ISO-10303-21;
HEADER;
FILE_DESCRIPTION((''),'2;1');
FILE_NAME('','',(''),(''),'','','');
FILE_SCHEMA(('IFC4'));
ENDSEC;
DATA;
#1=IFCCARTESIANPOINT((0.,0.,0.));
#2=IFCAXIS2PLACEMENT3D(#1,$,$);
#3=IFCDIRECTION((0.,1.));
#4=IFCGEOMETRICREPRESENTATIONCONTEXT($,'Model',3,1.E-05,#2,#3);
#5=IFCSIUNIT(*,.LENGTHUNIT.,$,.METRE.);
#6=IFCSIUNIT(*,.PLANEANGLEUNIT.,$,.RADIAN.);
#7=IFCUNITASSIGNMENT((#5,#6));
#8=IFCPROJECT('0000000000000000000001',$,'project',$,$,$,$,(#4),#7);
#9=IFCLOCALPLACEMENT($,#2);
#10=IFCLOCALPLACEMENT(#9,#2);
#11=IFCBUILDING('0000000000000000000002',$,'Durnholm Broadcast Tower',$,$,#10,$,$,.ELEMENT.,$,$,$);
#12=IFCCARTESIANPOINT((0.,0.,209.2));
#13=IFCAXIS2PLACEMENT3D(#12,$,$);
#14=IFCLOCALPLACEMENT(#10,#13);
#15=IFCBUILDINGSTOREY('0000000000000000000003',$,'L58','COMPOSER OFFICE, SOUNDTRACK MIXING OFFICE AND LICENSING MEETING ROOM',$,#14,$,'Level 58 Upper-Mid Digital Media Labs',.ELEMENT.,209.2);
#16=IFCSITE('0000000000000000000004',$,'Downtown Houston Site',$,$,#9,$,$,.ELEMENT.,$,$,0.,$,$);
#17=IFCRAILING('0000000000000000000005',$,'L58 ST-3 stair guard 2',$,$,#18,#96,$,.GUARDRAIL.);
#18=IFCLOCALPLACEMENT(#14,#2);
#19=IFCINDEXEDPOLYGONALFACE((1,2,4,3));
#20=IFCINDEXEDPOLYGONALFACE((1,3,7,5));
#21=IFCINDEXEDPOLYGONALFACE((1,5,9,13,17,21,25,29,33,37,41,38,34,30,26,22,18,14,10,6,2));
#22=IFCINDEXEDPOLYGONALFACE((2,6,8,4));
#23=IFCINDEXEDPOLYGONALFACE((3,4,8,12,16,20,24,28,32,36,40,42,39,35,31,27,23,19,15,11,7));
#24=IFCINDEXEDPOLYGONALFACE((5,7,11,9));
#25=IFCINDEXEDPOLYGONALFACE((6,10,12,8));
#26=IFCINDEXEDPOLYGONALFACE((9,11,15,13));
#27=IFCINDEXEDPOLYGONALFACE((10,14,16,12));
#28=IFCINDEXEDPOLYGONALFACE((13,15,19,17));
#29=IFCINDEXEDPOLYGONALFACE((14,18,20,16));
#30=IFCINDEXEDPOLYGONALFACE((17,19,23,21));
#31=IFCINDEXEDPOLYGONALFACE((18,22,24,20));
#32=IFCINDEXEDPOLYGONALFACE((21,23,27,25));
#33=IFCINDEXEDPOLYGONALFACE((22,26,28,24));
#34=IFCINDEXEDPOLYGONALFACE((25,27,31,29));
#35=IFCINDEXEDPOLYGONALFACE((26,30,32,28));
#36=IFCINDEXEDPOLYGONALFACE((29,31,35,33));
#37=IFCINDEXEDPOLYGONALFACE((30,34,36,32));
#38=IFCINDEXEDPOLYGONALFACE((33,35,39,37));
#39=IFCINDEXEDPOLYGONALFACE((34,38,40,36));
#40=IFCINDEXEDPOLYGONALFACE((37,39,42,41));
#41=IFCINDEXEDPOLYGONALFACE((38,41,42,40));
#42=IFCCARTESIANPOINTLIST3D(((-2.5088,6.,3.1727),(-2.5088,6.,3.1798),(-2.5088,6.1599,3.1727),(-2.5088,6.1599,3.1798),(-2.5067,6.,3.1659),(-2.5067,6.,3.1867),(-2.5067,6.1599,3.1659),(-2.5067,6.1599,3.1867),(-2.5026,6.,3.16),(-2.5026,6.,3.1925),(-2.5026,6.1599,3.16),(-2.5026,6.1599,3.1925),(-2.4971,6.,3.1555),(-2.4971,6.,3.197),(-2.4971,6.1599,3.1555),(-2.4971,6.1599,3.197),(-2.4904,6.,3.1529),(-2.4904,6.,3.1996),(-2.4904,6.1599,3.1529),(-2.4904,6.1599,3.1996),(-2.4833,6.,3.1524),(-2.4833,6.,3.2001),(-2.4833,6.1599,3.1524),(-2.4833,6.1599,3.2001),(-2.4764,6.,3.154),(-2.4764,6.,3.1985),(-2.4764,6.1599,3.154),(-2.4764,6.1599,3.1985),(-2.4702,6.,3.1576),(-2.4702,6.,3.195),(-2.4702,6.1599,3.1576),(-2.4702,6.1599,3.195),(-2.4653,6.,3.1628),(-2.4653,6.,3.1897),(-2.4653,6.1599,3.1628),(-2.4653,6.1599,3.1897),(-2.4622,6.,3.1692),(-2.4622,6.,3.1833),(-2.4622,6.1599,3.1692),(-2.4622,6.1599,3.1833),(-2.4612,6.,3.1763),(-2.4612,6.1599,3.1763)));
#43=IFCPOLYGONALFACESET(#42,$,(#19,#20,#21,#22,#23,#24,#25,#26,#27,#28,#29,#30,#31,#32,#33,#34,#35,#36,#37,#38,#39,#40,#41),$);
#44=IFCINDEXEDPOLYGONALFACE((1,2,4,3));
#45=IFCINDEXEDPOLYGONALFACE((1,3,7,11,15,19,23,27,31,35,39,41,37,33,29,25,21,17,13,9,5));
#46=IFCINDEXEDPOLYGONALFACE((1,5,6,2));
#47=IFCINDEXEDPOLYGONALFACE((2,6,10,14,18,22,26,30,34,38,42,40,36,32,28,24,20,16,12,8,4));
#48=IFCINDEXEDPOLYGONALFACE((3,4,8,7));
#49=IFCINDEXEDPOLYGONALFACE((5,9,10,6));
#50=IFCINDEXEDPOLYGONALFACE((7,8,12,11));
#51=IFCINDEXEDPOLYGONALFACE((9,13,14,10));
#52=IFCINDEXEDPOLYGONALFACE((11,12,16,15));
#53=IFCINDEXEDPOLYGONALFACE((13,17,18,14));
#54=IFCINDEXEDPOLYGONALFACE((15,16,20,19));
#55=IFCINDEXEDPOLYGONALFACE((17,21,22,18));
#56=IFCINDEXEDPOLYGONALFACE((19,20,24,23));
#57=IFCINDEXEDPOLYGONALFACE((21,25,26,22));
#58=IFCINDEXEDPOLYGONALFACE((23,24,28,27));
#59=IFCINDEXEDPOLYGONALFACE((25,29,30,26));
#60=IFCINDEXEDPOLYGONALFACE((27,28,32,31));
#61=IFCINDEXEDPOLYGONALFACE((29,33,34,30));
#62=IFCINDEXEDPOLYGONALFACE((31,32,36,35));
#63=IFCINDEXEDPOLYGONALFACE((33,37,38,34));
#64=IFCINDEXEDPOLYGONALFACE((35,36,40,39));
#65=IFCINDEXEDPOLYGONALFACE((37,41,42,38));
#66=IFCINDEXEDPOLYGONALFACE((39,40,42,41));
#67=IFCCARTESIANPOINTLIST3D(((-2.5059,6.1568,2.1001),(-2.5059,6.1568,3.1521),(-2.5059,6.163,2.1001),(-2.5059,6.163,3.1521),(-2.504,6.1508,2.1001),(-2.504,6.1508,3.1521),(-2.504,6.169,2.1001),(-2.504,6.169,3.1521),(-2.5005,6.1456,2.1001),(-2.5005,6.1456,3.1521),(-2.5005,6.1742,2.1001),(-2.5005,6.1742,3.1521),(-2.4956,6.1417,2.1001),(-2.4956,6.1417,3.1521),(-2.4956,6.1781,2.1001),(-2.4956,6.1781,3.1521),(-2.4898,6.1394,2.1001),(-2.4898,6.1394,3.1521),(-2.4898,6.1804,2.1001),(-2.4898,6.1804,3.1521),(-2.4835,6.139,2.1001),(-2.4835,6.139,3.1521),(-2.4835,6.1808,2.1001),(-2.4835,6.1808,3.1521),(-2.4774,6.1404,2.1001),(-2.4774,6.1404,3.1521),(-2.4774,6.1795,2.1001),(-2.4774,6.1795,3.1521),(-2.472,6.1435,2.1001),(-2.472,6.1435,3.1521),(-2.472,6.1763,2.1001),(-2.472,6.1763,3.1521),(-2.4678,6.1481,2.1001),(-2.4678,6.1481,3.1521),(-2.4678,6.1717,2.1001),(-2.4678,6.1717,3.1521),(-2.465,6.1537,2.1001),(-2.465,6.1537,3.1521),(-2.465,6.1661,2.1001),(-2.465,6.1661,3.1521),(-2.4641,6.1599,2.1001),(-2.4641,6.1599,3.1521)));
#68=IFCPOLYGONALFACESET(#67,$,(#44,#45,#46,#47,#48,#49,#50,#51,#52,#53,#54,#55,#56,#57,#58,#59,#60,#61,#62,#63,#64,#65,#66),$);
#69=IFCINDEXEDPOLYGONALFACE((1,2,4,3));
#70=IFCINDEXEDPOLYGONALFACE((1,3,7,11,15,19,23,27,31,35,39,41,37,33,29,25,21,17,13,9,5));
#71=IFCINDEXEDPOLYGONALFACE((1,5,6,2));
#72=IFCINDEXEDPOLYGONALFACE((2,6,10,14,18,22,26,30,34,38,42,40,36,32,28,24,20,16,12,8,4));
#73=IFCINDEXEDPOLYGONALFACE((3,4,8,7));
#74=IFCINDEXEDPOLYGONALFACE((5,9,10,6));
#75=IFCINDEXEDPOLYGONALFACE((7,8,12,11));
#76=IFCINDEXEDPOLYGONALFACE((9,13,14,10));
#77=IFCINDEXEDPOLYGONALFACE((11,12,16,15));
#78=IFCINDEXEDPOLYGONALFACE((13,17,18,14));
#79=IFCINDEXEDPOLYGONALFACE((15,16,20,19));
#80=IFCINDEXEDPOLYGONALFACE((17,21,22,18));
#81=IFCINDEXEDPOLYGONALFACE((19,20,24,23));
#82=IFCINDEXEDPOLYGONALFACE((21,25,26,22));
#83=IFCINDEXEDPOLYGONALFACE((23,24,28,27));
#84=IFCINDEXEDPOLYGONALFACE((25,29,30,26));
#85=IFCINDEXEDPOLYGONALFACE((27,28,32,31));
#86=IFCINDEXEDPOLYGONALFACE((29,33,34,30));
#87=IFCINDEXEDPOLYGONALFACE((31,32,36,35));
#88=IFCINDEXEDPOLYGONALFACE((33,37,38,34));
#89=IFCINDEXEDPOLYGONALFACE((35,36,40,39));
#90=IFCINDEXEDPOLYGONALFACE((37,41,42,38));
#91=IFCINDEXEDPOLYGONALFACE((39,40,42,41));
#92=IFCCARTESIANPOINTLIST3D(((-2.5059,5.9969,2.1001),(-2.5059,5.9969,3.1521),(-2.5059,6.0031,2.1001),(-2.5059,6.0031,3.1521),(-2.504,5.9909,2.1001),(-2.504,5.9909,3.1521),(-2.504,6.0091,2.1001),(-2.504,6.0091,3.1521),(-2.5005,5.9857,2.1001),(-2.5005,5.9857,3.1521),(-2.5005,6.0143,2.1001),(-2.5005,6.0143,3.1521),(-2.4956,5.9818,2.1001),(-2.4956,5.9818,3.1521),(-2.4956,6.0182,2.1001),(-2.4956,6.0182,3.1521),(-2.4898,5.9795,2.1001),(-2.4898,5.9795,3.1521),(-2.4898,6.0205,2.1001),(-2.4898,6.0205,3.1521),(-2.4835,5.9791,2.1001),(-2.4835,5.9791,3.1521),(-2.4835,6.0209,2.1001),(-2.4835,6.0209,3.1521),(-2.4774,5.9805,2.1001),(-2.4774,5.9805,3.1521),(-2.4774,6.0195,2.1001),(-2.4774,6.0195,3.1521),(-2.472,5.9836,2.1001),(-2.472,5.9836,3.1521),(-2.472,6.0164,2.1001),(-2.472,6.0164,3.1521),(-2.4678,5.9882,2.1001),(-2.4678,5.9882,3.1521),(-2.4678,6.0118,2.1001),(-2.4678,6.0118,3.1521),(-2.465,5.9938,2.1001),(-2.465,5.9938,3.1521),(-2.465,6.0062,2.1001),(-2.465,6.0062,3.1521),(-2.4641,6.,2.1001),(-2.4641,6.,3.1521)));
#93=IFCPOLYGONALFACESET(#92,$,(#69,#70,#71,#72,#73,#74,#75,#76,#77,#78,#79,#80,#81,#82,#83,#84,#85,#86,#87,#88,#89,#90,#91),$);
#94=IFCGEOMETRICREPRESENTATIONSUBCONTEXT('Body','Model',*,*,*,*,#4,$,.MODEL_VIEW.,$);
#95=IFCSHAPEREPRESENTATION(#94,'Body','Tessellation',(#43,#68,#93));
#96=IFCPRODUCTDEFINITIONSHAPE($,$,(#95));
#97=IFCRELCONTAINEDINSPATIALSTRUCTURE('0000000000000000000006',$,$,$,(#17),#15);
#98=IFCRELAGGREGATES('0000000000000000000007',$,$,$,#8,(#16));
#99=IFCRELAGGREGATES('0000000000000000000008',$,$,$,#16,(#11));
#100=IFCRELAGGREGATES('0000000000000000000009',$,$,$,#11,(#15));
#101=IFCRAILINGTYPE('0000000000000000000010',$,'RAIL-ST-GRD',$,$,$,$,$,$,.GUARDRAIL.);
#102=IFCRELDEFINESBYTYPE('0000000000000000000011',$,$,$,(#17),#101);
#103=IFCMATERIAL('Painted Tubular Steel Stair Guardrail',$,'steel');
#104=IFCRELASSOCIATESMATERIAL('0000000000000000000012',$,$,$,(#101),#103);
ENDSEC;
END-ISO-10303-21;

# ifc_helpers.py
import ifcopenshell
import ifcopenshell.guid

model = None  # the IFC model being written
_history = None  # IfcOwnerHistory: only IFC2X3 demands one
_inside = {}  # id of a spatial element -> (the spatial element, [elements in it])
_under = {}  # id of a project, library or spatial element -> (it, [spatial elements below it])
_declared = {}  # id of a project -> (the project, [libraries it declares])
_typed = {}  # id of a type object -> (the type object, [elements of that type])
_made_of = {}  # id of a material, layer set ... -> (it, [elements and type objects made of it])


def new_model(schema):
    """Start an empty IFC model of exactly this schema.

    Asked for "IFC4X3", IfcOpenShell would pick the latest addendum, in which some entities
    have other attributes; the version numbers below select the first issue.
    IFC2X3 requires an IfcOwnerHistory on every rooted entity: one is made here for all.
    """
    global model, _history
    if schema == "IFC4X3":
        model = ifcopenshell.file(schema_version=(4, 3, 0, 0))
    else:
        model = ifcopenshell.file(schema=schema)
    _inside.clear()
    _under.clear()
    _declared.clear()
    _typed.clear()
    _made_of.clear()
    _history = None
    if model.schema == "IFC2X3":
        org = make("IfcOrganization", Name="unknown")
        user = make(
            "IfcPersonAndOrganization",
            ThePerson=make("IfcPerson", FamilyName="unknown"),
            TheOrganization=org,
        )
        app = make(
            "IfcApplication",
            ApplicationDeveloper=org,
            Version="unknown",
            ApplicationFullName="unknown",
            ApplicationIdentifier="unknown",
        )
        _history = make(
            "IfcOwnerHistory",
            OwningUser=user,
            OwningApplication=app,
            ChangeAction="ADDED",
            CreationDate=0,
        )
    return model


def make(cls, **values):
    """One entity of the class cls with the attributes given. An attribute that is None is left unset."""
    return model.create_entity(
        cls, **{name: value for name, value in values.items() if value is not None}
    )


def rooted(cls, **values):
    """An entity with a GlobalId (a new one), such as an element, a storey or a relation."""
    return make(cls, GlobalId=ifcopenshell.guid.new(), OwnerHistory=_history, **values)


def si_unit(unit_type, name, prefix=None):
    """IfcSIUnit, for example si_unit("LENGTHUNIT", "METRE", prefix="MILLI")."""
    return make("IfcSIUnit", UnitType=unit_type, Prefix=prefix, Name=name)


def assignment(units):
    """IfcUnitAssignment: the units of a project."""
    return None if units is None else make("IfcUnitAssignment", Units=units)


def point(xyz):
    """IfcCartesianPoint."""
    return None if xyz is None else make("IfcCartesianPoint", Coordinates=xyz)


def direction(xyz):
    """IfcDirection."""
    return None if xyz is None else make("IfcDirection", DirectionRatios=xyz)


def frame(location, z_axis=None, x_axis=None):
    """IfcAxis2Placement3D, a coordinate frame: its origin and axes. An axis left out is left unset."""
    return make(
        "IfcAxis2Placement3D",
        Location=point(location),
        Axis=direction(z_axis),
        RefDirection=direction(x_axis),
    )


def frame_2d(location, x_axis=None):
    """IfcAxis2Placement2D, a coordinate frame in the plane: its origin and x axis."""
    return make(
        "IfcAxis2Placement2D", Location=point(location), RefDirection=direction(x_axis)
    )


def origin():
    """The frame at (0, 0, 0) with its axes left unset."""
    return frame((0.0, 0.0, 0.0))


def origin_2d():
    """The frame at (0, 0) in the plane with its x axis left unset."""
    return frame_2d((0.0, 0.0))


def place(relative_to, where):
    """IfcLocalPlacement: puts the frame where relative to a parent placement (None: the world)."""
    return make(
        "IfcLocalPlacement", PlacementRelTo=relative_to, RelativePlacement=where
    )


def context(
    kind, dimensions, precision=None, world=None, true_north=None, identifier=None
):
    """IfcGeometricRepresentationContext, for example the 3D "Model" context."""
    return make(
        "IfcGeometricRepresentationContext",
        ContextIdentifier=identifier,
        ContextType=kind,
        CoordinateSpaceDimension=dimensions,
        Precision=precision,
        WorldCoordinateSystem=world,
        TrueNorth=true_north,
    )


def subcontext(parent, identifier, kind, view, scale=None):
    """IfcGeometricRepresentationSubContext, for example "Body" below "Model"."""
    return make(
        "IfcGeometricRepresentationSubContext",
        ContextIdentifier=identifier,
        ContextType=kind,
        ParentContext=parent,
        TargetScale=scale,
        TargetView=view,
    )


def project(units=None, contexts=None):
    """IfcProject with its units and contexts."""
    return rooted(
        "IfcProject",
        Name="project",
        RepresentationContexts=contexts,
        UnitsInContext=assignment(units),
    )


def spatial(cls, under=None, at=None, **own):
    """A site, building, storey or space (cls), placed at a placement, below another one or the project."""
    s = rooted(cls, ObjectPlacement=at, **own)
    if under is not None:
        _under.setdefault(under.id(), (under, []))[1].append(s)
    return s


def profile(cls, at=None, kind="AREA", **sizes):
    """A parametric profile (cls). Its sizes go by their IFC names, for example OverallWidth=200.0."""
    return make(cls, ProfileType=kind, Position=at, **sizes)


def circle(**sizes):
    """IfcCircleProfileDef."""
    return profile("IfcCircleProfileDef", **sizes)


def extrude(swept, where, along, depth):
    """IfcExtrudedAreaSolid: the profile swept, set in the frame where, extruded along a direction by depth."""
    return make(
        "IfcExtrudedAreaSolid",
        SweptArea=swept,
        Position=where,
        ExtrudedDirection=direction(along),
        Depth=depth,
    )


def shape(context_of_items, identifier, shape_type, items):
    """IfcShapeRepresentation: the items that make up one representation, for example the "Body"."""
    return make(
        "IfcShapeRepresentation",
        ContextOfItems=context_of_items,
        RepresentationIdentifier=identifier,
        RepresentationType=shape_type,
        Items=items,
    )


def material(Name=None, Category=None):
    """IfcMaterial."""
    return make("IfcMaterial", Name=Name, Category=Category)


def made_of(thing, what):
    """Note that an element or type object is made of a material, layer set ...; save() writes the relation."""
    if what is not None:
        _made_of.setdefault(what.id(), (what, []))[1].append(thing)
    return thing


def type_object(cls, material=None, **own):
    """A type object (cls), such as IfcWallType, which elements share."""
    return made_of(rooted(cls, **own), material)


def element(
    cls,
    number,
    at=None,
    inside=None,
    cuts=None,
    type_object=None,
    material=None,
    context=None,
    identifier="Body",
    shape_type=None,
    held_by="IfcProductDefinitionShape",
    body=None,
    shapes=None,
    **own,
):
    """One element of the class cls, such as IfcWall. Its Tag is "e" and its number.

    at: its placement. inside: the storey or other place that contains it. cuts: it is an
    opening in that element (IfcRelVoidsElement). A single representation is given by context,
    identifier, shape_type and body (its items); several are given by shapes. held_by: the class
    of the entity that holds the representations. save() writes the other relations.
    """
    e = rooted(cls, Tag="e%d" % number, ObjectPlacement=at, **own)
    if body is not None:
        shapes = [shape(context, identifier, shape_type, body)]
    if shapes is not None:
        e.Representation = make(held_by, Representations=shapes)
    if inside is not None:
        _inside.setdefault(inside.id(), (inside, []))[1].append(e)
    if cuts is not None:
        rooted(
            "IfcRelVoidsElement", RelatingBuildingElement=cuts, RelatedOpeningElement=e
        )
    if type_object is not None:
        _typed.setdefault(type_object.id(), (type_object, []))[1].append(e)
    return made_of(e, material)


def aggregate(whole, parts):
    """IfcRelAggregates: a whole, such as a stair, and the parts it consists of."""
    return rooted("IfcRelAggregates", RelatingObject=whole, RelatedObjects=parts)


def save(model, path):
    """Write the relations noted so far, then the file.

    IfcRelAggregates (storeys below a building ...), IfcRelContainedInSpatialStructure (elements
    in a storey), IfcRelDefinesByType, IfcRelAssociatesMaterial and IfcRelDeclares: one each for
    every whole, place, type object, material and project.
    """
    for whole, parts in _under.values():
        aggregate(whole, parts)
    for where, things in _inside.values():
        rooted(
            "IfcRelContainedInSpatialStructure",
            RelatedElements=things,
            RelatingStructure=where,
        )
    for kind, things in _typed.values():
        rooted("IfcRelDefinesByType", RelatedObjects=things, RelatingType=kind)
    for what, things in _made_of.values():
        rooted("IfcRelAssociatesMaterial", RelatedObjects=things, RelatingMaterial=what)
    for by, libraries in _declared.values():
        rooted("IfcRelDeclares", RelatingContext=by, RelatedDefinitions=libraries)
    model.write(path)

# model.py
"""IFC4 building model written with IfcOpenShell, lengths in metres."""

from ifc_helpers import new_model, si_unit, direction, frame, origin, origin_2d, place, context, subcontext, project, spatial, circle, extrude, material, type_object, element, save


model = new_model("IFC4")

# Units and contexts
model_context = context("Model", 3, precision=1e-05, world=origin(), true_north=direction((0.0, 1.0)))
body_context = subcontext(model_context, "Body", "Model", "MODEL_VIEW")
ifc_project = project(units=[si_unit("LENGTHUNIT", "METRE"), si_unit("PLANEANGLEUNIT", "RADIAN")], contexts=[model_context])

# Site, building, storey
site_placement = place(None, origin())
site = spatial("IfcSite", under=ifc_project, at=site_placement, Name="Downtown Houston Site", CompositionType="ELEMENT", RefElevation=0.0)
building_placement = place(site_placement, origin())
building = spatial("IfcBuilding", under=site, at=building_placement, Name="Durnholm Broadcast Tower", CompositionType="ELEMENT")
storey_placement = place(building_placement, frame((0.0, 0.0, 209.2)))
storey = spatial("IfcBuildingStorey", under=building, at=storey_placement, Name="L58", Description="COMPOSER OFFICE, SOUNDTRACK MIXING OFFICE AND LICENSING MEETING ROOM", LongName="Level 58 Upper-Mid Digital Media Labs", CompositionType="ELEMENT", Elevation=209.2)

# Railing
ifc_material_1 = material(Name="Painted Tubular Steel Stair Guardrail", Category="steel")
railing_type_1 = type_object("IfcRailingType", Name="RAIL-ST-GRD", PredefinedType="GUARDRAIL", material=ifc_material_1)
railing_1_placement = place(storey_placement, frame((-2.4851, 6.1599, 2.1001)))
element("IfcRailing", 1, at=railing_1_placement, inside=storey, type_object=railing_type_1, Name="L58 ST-3 stair guard 2", PredefinedType="GUARDRAIL", context=body_context, shape_type="SweptSolid", body=[
    extrude(circle(Radius=0.0239, at=origin_2d()), frame((0.0, 0.0, 1.0762), z_axis=(0.0, -1.0, 0.0), x_axis=(1.0, 0.0, 0.0)), (0.0, 0.0, 1.0), 0.1599),
    extrude(circle(Radius=0.021, at=origin_2d()), origin(), (0.0, 0.0, 1.0), 1.052),
    extrude(circle(Radius=0.021, at=origin_2d()), frame((0.0, -0.1599, 0.0)), (0.0, 0.0, 1.0), 1.052),
])

save(model, "model.ifc")
